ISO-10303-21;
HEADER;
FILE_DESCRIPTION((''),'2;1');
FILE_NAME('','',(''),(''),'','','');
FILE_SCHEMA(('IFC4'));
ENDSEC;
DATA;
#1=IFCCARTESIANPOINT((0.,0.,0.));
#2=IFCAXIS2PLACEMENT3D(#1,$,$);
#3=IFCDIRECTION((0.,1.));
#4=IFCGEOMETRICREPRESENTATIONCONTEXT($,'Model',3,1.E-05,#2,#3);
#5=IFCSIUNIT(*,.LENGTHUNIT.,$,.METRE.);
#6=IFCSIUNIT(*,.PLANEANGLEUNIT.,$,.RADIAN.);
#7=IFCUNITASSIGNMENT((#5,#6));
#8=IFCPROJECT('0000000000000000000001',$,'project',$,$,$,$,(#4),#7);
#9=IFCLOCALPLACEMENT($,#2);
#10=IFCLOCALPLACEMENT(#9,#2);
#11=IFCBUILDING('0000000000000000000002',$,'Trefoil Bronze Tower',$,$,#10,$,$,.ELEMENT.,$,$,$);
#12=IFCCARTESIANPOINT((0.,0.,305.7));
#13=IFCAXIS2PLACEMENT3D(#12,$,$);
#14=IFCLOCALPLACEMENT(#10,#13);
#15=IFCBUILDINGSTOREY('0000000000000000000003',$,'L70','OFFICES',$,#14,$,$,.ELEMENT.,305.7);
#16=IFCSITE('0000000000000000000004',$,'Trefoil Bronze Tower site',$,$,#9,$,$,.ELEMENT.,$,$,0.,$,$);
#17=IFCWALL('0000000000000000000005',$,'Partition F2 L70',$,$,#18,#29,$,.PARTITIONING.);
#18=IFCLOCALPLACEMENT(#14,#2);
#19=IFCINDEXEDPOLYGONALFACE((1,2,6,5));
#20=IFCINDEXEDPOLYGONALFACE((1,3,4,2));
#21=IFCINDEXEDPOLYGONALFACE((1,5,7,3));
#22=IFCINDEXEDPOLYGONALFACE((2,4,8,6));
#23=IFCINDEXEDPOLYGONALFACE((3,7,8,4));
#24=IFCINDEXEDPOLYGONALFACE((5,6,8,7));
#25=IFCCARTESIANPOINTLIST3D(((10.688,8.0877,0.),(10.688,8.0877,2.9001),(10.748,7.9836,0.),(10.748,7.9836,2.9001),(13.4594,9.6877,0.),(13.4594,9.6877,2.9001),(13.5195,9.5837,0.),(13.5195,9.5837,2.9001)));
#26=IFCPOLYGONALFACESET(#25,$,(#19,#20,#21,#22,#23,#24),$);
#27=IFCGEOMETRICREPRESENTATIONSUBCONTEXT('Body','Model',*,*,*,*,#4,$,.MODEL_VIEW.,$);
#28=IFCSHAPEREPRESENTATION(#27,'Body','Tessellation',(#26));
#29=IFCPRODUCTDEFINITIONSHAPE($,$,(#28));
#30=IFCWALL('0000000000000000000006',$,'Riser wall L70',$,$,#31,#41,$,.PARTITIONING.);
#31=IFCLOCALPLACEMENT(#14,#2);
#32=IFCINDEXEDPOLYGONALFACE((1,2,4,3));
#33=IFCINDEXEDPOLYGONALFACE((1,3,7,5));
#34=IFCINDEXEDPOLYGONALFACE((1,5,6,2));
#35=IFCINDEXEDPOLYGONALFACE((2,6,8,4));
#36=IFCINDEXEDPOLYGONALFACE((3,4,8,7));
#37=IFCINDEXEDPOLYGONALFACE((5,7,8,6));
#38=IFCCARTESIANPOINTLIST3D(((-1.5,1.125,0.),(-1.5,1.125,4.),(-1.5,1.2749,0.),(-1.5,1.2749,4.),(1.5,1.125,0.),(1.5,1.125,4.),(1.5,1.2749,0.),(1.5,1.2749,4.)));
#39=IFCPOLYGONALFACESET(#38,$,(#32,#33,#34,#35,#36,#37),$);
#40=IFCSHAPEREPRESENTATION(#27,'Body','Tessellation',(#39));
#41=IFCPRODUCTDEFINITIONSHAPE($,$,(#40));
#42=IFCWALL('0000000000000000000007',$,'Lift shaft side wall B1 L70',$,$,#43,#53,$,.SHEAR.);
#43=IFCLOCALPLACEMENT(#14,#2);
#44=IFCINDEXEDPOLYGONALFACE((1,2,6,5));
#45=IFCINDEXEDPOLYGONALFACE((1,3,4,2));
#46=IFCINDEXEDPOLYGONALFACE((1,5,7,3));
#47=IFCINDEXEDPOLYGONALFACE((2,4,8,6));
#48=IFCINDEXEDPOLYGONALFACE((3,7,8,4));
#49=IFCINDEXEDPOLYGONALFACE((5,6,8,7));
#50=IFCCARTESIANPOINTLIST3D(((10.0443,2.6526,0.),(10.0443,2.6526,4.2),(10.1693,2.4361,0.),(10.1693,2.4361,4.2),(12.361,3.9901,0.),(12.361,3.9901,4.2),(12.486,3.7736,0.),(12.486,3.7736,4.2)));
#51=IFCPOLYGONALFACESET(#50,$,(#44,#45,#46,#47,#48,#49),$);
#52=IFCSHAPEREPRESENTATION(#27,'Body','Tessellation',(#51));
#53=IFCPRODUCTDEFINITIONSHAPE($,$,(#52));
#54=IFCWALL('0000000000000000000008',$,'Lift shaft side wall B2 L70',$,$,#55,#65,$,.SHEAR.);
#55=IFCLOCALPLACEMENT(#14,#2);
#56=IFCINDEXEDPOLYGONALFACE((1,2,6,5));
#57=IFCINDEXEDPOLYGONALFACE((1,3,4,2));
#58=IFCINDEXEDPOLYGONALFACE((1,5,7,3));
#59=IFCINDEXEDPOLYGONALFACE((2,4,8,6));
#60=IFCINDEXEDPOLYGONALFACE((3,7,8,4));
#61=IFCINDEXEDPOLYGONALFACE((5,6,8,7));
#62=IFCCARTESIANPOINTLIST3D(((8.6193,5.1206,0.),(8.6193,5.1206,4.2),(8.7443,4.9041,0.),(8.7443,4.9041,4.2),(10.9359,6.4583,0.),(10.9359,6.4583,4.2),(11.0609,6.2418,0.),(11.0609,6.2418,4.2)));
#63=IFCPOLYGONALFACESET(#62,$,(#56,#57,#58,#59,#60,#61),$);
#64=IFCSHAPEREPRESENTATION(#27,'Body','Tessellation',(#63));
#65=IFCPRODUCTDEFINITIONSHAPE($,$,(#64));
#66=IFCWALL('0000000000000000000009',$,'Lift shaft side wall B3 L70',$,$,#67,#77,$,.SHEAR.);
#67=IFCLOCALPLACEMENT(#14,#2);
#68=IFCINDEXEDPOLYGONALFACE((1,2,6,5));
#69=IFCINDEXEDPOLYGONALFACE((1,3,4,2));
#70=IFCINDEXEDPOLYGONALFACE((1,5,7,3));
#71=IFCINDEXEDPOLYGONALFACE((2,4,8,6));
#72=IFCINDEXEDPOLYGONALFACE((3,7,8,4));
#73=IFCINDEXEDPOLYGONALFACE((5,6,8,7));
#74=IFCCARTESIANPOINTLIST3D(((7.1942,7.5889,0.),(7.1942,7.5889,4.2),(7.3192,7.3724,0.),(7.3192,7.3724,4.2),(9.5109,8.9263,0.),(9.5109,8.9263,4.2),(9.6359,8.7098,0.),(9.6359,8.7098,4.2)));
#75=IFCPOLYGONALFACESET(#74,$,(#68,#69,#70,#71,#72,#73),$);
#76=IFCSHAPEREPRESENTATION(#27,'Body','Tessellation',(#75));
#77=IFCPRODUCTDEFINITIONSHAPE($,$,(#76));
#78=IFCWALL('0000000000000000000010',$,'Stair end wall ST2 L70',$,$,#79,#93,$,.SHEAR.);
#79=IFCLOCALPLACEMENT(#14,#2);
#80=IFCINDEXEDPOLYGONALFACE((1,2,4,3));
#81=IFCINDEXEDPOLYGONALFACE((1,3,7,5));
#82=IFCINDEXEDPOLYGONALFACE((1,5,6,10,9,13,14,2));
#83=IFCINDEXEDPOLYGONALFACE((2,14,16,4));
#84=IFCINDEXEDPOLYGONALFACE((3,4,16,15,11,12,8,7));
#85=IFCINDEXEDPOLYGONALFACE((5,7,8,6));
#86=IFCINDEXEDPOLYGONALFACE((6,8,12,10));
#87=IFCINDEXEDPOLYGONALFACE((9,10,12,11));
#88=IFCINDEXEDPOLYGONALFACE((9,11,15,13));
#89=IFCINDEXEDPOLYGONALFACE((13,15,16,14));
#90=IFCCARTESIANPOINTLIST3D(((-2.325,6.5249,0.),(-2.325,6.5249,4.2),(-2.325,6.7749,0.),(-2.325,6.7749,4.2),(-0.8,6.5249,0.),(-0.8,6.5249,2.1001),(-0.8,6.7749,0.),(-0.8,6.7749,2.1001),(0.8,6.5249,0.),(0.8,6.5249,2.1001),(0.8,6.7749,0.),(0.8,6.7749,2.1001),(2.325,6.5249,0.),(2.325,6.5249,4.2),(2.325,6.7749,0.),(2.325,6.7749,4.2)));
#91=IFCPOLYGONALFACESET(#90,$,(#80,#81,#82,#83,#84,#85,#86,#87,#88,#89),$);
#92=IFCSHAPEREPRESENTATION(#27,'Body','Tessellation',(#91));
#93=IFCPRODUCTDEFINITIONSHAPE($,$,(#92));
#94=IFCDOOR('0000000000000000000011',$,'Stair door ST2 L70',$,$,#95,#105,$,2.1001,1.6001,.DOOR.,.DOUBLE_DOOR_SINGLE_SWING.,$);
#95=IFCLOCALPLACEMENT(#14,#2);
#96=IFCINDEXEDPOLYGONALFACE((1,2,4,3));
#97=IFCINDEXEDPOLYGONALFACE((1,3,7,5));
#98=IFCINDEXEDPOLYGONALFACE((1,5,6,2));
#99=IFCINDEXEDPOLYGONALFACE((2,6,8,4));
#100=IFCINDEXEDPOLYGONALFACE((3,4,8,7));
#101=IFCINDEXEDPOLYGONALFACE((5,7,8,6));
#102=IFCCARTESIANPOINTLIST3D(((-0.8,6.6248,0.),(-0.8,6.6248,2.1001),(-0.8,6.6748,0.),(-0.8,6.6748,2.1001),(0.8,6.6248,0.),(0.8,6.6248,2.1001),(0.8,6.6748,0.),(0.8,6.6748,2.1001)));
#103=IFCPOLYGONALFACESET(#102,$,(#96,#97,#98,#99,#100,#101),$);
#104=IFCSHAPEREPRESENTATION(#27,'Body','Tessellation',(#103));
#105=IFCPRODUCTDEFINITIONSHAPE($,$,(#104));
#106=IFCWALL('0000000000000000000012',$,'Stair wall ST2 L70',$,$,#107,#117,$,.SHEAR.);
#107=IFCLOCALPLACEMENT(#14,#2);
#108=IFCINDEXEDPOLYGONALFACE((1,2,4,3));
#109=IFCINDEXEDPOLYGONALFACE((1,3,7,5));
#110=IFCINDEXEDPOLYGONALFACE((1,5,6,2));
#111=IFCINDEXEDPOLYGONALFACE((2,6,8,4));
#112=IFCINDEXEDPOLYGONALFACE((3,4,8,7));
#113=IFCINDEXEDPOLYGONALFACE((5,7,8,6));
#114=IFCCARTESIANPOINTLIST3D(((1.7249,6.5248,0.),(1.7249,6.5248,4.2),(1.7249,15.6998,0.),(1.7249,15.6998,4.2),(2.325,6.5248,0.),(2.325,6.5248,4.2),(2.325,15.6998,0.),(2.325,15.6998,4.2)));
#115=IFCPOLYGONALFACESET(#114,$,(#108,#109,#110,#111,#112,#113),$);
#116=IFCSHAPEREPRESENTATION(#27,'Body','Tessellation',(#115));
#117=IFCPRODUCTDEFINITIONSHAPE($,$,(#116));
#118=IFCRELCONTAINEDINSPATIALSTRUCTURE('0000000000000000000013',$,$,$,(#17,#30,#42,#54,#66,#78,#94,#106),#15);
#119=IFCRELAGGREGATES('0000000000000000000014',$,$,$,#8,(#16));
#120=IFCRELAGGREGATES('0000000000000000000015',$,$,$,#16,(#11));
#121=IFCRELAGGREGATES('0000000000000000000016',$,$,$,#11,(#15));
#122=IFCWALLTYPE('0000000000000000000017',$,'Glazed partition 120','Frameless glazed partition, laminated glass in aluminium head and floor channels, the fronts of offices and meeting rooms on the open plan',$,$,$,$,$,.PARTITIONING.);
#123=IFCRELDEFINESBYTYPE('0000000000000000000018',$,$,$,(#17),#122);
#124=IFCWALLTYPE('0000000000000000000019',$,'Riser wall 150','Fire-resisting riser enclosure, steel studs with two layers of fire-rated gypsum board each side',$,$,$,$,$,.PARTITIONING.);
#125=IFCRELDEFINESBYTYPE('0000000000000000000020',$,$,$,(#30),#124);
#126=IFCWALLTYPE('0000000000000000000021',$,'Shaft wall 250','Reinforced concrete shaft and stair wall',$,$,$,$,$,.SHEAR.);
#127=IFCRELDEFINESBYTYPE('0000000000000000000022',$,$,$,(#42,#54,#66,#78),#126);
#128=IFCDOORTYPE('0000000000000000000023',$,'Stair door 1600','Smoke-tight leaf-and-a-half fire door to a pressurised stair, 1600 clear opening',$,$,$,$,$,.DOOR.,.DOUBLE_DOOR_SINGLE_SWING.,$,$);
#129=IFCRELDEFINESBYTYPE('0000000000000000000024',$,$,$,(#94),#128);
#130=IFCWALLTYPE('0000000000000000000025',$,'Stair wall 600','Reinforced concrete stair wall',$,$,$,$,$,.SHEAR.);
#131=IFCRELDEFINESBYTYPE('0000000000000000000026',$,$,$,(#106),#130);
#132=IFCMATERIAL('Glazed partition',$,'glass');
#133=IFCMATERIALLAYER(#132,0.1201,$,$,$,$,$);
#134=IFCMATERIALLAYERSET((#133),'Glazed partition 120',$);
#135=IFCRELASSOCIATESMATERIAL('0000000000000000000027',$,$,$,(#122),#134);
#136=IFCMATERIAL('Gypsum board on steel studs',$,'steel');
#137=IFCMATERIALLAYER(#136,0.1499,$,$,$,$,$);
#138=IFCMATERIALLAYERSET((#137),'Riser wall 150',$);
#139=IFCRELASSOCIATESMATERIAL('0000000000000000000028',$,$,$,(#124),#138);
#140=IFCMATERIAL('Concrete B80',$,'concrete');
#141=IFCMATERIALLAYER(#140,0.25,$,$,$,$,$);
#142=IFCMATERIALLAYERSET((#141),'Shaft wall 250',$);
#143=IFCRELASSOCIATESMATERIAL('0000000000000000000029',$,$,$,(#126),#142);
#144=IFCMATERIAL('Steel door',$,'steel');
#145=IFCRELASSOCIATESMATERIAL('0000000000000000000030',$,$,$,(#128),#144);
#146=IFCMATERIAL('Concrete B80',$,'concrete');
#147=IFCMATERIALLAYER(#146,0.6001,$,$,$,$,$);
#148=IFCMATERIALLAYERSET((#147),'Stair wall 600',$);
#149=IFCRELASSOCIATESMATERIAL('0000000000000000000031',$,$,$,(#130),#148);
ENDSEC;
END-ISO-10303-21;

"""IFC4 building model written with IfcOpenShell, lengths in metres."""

from ifc_helpers import new_model, si_unit, direction, frame, frame_2d, origin, place, context, subcontext, project, spatial, rectangle, extrude, material, layer, layer_set, type_object, element, fill, save


model = new_model("IFC4")

# Units and contexts
model_context = context("Model", 3, precision=1e-05, world=origin(), true_north=direction((0.0, 1.0)))
body_context = subcontext(model_context, "Body", "Model", "MODEL_VIEW")
ifc_project = project(units=[si_unit("LENGTHUNIT", "METRE"), si_unit("PLANEANGLEUNIT", "RADIAN")], contexts=[model_context])

# Site, building, storey
site_placement = place(None, origin())
site = spatial("IfcSite", under=ifc_project, at=site_placement, Name="Trefoil Bronze Tower site", CompositionType="ELEMENT", RefElevation=0.0)
building_placement = place(site_placement, origin())
building = spatial("IfcBuilding", under=site, at=building_placement, Name="Trefoil Bronze Tower", CompositionType="ELEMENT")
storey_placement = place(building_placement, frame((0.0, 0.0, 305.7)))
storey = spatial("IfcBuildingStorey", under=building, at=storey_placement, Name="L70", Description="OFFICES", CompositionType="ELEMENT", Elevation=305.7)

# Walls
ifc_material_1 = material(Name="Glazed partition", Category="glass")
ifc_layer_1 = layer(ifc_material_1, 0.1201)
ifc_layer_set_1 = layer_set([ifc_layer_1], Name="Glazed partition 120")
wall_type_1 = type_object("IfcWallType", Name="Glazed partition 120", Description="Frameless glazed partition, laminated glass in aluminium head and floor channels, the fronts of offices and meeting rooms on the open plan", PredefinedType="PARTITIONING", material=ifc_layer_set_1)
wall_1_placement = place(storey_placement, frame((10.718, 8.0356, 0.0), z_axis=(0.0, 0.0, 1.0), x_axis=(0.866028, 0.499995, 0.0)))
element("IfcWall", 1, at=wall_1_placement, inside=storey, type_object=wall_type_1, Name="Partition F2 L70", PredefinedType="PARTITIONING", context=body_context, shape_type="SweptSolid", body=[
    extrude(rectangle(XDim=3.2002, YDim=0.1201, at=frame_2d((1.6001, 0.0))), origin(), (0.0, 0.0, 1.0), 2.9001),
])
ifc_material_2 = material(Name="Gypsum board on steel studs", Category="steel")
ifc_layer_2 = layer(ifc_material_2, 0.1499)
ifc_layer_set_2 = layer_set([ifc_layer_2], Name="Riser wall 150")
wall_type_2 = type_object("IfcWallType", Name="Riser wall 150", Description="Fire-resisting riser enclosure, steel studs with two layers of fire-rated gypsum board each side", PredefinedType="PARTITIONING", material=ifc_layer_set_2)
wall_2_placement = place(storey_placement, frame((1.5, 1.2, 0.0), z_axis=(0.0, 0.0, 1.0), x_axis=(-1.0, 0.0, 0.0)))
element("IfcWall", 2, at=wall_2_placement, inside=storey, type_object=wall_type_2, Name="Riser wall L70", PredefinedType="PARTITIONING", context=body_context, shape_type="SweptSolid", body=[
    extrude(rectangle(XDim=3.0, YDim=0.1499, at=frame_2d((1.5, 0.0))), origin(), (0.0, 0.0, 1.0), 4.0),
])
ifc_material_3 = material(Name="Concrete B80", Category="concrete")
ifc_layer_3 = layer(ifc_material_3, 0.25)
ifc_layer_set_3 = layer_set([ifc_layer_3], Name="Shaft wall 250")
wall_type_3 = type_object("IfcWallType", Name="Shaft wall 250", Description="Reinforced concrete shaft and stair wall", PredefinedType="SHEAR", material=ifc_layer_set_3)
for number, where, z_axis, x_axis, name in (
    (3, (10.1069, 2.5444, 0.0), (0.0, 0.0, 1.0), (0.866044, 0.499967, 0.0), "Lift shaft side wall B1 L70"),
    (4, (8.6819, 5.0125, 0.0), (0.0, 0.0, 1.0), (0.866005, 0.500036, 0.0), "Lift shaft side wall B2 L70"),
    (5, (7.2568, 7.4807, 0.0), (0.0, 0.0, 1.0), (0.866044, 0.499967, 0.0), "Lift shaft side wall B3 L70"),
):
    element("IfcWall", number, at=place(storey_placement, frame(where, z_axis=z_axis, x_axis=x_axis)), inside=storey, type_object=wall_type_3, Name=name, PredefinedType="SHEAR", context=body_context, shape_type="SweptSolid", body=[
        extrude(rectangle(XDim=2.675, YDim=0.25, at=frame_2d((1.3374, 0.0))), origin(), (0.0, 0.0, 1.0), 4.2),
    ])

# Wall, opening, door
wall_3_placement = place(storey_placement, frame((2.325, 6.6499, 0.0), z_axis=(0.0, 0.0, 1.0), x_axis=(-1.0, 0.0, 0.0)))
wall_3 = element("IfcWall", 6, at=wall_3_placement, inside=storey, type_object=wall_type_3, Name="Stair end wall ST2 L70", PredefinedType="SHEAR", context=body_context, shape_type="SweptSolid", body=[
    extrude(rectangle(XDim=4.6499, YDim=0.25, at=frame_2d((2.325, 0.0))), origin(), (0.0, 0.0, 1.0), 4.2),
])
opening_placement = place(wall_3_placement, frame((1.5249, 0.0, 0.0)))
opening = element("IfcOpeningElement", 7, at=opening_placement, cuts=wall_3, PredefinedType="OPENING", context=body_context, shape_type="SweptSolid", body=[
    extrude(rectangle(XDim=1.6001, YDim=2.1001, at=frame_2d((0.8, 1.05))), frame((0.0, 0.135, 0.0), z_axis=(0.0, -1.0, 0.0), x_axis=(1.0, 0.0, 0.0)), (0.0, 0.0, 1.0), 0.27),
])
ifc_material_4 = material(Name="Steel door", Category="steel")
door_type = type_object("IfcDoorType", Name="Stair door 1600", Description="Smoke-tight leaf-and-a-half fire door to a pressurised stair, 1600 clear opening", OperationType="DOUBLE_DOOR_SINGLE_SWING", PredefinedType="DOOR", material=ifc_material_4)
door_placement = place(opening_placement, frame((1.6001, 0.0, 0.0), z_axis=(0.0, 0.0, 1.0), x_axis=(-1.0, 0.0, 0.0)))
door = element("IfcDoor", 8, at=door_placement, inside=storey, type_object=door_type, Name="Stair door ST2 L70", OperationType="DOUBLE_DOOR_SINGLE_SWING", OverallHeight=2.1001, OverallWidth=1.6001, PredefinedType="DOOR", context=body_context, shape_type="SweptSolid", body=[
    extrude(rectangle(XDim=1.6001, YDim=2.1001, at=frame_2d((0.8, 1.05))), frame((0.0, 0.0249, 0.0), z_axis=(0.0, -1.0, 0.0), x_axis=(1.0, 0.0, 0.0)), (0.0, 0.0, 1.0), 0.05),
])
fill(opening, door)

# Wall
ifc_material_5 = material(Name="Concrete B80", Category="concrete")
ifc_layer_4 = layer(ifc_material_5, 0.6001)
ifc_layer_set_4 = layer_set([ifc_layer_4], Name="Stair wall 600")
wall_type_4 = type_object("IfcWallType", Name="Stair wall 600", Description="Reinforced concrete stair wall", PredefinedType="SHEAR", material=ifc_layer_set_4)
wall_4_placement = place(storey_placement, frame((2.0249, 6.5249, 0.0), z_axis=(0.0, 0.0, 1.0), x_axis=(0.0, 1.0, 0.0)))
element("IfcWall", 9, at=wall_4_placement, inside=storey, type_object=wall_type_4, Name="Stair wall ST2 L70", PredefinedType="SHEAR", context=body_context, shape_type="SweptSolid", body=[
    extrude(rectangle(XDim=9.175, YDim=0.6001, at=frame_2d((4.5874, 0.0))), origin(), (0.0, 0.0, 1.0), 4.2),
])

save(model, "model.ifc")
